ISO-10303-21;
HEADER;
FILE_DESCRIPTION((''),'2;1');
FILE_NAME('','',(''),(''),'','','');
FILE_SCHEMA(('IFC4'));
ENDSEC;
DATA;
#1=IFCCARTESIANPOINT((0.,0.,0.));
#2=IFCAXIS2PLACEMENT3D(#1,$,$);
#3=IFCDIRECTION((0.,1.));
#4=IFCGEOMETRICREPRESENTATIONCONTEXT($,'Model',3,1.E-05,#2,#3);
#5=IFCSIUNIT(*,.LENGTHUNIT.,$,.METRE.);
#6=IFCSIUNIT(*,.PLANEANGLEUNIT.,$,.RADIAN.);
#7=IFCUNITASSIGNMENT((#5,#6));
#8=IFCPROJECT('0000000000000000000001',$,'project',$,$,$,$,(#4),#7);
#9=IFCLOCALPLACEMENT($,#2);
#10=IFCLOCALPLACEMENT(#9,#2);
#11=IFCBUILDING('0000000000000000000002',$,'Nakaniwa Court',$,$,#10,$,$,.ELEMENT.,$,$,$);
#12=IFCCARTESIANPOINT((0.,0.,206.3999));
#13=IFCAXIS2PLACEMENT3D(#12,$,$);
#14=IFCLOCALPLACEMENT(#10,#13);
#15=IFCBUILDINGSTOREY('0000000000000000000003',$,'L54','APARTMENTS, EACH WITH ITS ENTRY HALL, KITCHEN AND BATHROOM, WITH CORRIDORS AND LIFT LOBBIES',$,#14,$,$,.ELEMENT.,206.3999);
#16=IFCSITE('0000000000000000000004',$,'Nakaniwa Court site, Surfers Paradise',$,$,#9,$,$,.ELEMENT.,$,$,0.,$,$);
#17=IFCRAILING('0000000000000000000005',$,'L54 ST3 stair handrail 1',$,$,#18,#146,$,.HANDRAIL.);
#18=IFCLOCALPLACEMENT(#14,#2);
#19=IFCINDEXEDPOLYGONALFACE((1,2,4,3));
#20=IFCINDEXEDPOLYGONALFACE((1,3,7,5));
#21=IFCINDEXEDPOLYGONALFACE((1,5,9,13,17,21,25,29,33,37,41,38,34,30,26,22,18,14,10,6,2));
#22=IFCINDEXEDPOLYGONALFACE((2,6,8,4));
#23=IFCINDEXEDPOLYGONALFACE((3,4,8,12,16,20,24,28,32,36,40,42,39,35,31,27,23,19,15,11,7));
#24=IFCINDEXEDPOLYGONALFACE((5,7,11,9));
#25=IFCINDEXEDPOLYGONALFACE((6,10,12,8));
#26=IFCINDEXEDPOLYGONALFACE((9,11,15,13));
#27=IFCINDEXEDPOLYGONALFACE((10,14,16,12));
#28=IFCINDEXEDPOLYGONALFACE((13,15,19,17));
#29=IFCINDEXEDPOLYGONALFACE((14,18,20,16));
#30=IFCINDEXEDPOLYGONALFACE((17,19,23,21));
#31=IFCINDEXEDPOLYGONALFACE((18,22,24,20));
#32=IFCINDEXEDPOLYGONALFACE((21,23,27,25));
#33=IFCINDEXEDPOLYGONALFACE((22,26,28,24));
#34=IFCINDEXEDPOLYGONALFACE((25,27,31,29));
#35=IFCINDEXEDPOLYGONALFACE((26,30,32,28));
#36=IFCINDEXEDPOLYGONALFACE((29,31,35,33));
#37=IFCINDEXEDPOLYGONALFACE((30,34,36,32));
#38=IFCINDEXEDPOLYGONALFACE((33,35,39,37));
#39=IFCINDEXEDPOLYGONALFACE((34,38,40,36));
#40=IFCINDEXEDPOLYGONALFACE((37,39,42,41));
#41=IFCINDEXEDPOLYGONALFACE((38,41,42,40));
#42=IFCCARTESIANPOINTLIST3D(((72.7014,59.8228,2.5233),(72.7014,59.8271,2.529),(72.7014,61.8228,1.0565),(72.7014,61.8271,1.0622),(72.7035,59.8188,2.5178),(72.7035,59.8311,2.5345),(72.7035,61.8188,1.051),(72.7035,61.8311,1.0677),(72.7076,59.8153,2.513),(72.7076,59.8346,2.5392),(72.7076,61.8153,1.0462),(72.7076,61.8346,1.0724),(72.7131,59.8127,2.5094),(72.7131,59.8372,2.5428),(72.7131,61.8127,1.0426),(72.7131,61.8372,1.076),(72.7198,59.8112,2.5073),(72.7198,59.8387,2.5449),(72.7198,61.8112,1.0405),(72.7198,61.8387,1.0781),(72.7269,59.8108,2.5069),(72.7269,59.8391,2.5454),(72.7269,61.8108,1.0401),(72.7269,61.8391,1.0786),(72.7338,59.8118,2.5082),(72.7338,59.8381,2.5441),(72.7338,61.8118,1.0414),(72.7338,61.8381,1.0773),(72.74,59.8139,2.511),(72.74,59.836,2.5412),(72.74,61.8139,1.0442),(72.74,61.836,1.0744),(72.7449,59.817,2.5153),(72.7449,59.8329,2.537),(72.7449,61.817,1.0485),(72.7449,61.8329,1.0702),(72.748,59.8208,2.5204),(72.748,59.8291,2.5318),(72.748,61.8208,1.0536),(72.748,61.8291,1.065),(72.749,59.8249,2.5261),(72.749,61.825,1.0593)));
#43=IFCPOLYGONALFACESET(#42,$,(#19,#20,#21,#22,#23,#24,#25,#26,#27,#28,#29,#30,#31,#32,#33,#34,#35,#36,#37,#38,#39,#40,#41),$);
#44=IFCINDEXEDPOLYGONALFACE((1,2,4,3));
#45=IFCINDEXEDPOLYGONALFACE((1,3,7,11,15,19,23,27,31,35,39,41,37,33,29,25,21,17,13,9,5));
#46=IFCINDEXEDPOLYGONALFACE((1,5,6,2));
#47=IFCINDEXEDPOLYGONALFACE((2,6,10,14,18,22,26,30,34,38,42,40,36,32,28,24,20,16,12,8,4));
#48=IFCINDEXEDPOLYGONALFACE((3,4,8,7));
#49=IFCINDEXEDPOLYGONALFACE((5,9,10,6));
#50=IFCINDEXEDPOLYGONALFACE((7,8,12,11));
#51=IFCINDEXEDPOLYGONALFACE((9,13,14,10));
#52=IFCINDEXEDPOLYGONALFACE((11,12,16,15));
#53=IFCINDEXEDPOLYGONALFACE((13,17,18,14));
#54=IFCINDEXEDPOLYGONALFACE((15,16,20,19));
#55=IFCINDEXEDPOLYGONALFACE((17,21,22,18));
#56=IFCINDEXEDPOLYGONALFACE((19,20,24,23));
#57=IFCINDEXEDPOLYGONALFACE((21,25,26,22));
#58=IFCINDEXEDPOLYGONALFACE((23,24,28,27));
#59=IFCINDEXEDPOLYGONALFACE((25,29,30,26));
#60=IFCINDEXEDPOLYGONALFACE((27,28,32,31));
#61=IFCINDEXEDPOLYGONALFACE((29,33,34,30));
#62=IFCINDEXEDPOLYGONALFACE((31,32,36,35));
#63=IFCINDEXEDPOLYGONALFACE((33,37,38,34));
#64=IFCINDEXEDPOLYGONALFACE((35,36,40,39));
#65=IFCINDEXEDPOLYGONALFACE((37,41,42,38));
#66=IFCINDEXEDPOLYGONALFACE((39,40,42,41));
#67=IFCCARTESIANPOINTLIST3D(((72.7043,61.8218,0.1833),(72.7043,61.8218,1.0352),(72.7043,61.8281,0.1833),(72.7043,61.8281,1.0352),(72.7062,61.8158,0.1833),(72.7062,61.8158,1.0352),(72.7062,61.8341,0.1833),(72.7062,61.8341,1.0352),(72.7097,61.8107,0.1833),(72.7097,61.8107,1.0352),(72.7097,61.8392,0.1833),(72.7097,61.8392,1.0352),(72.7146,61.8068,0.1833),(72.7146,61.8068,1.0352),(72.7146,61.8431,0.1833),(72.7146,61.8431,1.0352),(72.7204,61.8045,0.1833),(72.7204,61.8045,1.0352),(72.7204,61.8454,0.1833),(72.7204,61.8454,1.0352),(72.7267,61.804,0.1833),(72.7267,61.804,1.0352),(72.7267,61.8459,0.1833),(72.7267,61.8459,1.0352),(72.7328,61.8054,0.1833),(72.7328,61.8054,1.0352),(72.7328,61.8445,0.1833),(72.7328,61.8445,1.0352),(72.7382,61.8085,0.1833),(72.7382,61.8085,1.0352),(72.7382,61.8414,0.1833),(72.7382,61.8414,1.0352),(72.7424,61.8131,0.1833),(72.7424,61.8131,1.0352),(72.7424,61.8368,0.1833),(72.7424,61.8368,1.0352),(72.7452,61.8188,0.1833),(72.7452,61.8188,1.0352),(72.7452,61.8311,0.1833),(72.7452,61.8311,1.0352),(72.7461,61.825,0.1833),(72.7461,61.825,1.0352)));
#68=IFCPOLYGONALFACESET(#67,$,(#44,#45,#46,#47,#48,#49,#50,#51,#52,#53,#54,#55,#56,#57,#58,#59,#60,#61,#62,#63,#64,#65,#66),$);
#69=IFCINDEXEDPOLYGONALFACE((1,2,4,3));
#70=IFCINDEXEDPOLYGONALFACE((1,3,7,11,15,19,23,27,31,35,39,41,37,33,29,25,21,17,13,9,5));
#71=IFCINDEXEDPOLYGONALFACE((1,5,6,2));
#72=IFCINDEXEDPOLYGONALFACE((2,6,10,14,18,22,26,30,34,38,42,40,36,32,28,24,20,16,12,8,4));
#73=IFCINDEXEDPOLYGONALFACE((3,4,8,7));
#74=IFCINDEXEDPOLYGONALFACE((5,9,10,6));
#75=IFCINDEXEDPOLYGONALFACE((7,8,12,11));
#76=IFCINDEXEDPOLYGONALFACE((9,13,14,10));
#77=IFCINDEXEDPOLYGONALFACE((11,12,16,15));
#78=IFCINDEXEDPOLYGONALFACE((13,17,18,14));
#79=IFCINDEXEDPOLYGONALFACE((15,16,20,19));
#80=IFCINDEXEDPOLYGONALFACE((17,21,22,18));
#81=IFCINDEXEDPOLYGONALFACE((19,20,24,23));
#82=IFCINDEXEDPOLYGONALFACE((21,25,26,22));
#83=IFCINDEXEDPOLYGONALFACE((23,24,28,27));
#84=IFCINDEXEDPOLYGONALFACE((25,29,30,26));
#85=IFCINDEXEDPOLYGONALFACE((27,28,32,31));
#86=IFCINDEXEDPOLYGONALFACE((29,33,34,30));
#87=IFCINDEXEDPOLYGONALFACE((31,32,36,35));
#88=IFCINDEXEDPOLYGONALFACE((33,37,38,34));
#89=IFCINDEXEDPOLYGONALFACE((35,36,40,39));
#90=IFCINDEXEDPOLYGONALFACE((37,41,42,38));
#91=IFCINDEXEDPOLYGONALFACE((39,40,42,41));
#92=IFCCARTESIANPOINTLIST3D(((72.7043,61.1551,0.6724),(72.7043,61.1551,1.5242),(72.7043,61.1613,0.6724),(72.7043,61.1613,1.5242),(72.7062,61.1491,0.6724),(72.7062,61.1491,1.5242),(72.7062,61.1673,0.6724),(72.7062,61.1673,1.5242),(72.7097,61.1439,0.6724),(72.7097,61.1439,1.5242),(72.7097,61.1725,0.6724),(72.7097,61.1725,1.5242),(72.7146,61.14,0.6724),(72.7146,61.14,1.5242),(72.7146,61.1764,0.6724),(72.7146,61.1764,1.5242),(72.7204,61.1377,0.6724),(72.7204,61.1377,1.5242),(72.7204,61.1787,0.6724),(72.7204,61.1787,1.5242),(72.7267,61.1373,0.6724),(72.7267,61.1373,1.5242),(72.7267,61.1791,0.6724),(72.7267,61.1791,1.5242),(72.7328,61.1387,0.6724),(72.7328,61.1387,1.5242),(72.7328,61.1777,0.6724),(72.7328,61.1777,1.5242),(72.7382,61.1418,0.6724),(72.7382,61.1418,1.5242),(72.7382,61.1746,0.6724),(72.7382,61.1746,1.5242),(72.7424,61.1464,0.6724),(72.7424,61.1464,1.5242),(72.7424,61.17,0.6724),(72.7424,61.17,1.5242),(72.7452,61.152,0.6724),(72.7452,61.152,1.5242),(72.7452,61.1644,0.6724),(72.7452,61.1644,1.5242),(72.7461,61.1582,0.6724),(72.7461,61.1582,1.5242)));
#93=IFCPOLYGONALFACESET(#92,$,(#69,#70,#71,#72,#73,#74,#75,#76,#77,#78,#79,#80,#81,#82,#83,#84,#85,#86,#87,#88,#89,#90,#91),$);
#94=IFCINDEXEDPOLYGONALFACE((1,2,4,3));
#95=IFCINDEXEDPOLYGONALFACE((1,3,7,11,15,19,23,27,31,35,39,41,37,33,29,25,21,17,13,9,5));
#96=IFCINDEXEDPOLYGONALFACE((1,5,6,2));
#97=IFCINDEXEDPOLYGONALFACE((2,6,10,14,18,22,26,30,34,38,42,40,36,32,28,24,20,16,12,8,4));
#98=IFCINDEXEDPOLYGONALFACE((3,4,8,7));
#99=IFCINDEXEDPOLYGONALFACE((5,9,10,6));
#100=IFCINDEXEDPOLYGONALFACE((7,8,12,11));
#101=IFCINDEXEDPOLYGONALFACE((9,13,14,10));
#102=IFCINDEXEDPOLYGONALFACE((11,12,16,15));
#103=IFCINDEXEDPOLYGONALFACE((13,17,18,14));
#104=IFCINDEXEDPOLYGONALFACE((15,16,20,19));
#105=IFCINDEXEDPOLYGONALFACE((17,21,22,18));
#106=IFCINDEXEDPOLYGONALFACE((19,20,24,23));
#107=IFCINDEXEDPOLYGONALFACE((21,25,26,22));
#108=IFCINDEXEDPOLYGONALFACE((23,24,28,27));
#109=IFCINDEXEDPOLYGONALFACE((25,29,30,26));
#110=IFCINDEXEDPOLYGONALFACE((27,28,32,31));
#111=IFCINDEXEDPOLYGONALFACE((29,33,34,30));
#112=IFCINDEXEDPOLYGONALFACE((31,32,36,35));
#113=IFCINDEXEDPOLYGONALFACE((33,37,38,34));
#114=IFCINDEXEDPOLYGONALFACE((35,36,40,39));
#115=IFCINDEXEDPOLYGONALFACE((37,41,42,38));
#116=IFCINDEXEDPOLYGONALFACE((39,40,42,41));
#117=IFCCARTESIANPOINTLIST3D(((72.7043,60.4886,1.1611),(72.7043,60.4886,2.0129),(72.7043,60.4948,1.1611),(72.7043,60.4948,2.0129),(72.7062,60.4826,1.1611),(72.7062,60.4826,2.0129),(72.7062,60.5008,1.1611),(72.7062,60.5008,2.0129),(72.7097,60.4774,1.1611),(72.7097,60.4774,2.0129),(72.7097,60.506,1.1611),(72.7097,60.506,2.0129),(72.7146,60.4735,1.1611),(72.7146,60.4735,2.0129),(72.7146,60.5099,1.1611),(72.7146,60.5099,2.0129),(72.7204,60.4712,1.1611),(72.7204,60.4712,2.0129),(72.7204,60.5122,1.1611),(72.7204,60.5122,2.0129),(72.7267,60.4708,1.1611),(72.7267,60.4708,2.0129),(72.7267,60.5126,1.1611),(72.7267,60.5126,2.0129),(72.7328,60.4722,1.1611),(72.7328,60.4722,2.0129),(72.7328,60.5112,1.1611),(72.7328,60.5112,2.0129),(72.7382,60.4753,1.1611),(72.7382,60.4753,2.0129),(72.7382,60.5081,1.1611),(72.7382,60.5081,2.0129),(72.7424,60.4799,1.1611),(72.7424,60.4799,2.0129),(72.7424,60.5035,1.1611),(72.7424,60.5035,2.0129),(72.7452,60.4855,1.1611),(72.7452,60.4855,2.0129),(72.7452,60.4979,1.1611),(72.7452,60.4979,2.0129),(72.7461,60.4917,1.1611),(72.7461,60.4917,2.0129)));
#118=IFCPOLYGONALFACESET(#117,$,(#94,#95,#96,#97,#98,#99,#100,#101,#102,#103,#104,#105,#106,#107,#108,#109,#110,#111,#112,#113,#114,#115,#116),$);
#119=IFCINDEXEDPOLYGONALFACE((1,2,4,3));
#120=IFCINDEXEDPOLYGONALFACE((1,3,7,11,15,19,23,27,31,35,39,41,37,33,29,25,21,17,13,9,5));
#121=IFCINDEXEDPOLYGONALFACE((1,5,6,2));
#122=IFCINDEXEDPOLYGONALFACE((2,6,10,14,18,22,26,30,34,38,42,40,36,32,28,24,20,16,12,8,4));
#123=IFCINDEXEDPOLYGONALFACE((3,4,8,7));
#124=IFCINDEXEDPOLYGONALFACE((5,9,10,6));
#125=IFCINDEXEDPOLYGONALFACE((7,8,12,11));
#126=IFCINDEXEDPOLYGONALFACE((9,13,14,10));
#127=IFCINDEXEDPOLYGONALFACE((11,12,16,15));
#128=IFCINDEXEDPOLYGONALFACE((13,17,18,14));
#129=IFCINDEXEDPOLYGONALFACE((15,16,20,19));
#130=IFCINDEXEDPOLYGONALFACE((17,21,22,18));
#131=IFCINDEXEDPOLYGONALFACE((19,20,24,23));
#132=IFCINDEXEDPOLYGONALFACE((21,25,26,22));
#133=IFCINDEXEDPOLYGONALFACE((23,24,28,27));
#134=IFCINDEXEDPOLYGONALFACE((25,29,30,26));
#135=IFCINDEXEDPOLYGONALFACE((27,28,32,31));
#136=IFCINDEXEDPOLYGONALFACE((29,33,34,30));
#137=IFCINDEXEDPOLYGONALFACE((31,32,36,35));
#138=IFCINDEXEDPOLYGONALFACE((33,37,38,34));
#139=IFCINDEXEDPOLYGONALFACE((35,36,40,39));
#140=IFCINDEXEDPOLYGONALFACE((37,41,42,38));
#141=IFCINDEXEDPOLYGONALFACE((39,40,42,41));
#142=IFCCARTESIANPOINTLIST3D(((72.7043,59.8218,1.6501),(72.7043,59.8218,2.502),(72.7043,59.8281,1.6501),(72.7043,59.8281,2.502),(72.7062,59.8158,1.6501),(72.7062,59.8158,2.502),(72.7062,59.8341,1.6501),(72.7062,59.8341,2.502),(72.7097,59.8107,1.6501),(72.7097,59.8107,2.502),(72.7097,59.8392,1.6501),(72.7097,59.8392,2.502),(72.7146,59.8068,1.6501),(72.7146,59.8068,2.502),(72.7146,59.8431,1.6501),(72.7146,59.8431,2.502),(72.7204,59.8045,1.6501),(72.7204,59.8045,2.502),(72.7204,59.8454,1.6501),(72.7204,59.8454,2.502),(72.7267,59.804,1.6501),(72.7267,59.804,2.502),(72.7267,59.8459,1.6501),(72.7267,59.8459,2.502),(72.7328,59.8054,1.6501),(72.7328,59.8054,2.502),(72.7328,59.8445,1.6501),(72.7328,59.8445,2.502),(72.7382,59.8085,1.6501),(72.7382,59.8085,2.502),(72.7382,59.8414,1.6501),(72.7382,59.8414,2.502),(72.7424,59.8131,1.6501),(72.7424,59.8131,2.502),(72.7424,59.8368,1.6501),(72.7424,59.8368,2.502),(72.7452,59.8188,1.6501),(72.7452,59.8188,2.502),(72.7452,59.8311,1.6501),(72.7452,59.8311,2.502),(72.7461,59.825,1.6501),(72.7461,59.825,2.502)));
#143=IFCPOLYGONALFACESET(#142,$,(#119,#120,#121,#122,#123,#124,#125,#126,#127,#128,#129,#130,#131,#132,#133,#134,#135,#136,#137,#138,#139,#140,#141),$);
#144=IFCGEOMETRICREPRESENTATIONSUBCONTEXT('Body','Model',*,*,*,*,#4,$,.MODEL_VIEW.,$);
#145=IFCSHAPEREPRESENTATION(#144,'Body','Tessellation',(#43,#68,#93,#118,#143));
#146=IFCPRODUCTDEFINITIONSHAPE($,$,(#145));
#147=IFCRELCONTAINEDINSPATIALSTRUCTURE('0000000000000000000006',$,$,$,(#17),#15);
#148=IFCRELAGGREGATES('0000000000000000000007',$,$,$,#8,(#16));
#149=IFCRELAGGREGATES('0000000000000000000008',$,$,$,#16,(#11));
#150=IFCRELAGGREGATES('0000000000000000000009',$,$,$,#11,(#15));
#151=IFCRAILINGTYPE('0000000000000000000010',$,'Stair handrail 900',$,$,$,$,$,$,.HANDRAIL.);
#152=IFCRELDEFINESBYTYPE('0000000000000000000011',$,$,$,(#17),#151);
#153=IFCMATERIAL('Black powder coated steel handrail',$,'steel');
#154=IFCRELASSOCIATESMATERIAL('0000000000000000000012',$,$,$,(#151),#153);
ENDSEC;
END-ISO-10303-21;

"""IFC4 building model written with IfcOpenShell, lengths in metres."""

from ifc_helpers import new_model, si_unit, direction, frame, origin, origin_2d, place, context, subcontext, project, spatial, circle, extrude, material, type_object, element, save


model = new_model("IFC4")

# Units and contexts
model_context = context("Model", 3, precision=1e-05, world=origin(), true_north=direction((0.0, 1.0)))
body_context = subcontext(model_context, "Body", "Model", "MODEL_VIEW")
ifc_project = project(units=[si_unit("LENGTHUNIT", "METRE"), si_unit("PLANEANGLEUNIT", "RADIAN")], contexts=[model_context])

# Site, building, storey
site_placement = place(None, origin())
site = spatial("IfcSite", under=ifc_project, at=site_placement, Name="Nakaniwa Court site, Surfers Paradise", CompositionType="ELEMENT", RefElevation=0.0)
building_placement = place(site_placement, origin())
building = spatial("IfcBuilding", under=site, at=building_placement, Name="Nakaniwa Court", CompositionType="ELEMENT")
storey_placement = place(building_placement, frame((0.0, 0.0, 206.3999)))
storey = spatial("IfcBuildingStorey", under=building, at=storey_placement, Name="L54", Description="APARTMENTS, EACH WITH ITS ENTRY HALL, KITCHEN AND BATHROOM, WITH CORRIDORS AND LIFT LOBBIES", CompositionType="ELEMENT", Elevation=206.3999)

# Railing
ifc_material_1 = material(Name="Black powder coated steel handrail", Category="steel")
railing_type_1 = type_object("IfcRailingType", Name="Stair handrail 900", PredefinedType="HANDRAIL", material=ifc_material_1)
railing_1_placement = place(storey_placement, frame((72.7251, 61.825, 0.1833)))
element("IfcRailing", 1, at=railing_1_placement, inside=storey, type_object=railing_type_1, Name="L54 ST3 stair handrail 1", PredefinedType="HANDRAIL", context=body_context, shape_type="SweptSolid", body=[
    extrude(circle(Radius=0.0239, at=origin_2d()), frame((0.0, 0.0, 0.876), z_axis=(0.0, -0.80638, 0.591398), x_axis=(1.0, 0.0, 0.0)), (0.0, 0.0, 1.0), 2.4802),
    extrude(circle(Radius=0.021, at=origin_2d()), origin(), (0.0, 0.0, 1.0), 0.8518),
    extrude(circle(Radius=0.021, at=origin_2d()), frame((0.0, -0.6667, 0.489)), (0.0, 0.0, 1.0), 0.8518),
    extrude(circle(Radius=0.021, at=origin_2d()), frame((0.0, -1.3333, 0.9778)), (0.0, 0.0, 1.0), 0.8518),
    extrude(circle(Radius=0.021, at=origin_2d()), frame((0.0, -2.0, 1.4668)), (0.0, 0.0, 1.0), 0.8518),
])

save(model, "model.ifc")
